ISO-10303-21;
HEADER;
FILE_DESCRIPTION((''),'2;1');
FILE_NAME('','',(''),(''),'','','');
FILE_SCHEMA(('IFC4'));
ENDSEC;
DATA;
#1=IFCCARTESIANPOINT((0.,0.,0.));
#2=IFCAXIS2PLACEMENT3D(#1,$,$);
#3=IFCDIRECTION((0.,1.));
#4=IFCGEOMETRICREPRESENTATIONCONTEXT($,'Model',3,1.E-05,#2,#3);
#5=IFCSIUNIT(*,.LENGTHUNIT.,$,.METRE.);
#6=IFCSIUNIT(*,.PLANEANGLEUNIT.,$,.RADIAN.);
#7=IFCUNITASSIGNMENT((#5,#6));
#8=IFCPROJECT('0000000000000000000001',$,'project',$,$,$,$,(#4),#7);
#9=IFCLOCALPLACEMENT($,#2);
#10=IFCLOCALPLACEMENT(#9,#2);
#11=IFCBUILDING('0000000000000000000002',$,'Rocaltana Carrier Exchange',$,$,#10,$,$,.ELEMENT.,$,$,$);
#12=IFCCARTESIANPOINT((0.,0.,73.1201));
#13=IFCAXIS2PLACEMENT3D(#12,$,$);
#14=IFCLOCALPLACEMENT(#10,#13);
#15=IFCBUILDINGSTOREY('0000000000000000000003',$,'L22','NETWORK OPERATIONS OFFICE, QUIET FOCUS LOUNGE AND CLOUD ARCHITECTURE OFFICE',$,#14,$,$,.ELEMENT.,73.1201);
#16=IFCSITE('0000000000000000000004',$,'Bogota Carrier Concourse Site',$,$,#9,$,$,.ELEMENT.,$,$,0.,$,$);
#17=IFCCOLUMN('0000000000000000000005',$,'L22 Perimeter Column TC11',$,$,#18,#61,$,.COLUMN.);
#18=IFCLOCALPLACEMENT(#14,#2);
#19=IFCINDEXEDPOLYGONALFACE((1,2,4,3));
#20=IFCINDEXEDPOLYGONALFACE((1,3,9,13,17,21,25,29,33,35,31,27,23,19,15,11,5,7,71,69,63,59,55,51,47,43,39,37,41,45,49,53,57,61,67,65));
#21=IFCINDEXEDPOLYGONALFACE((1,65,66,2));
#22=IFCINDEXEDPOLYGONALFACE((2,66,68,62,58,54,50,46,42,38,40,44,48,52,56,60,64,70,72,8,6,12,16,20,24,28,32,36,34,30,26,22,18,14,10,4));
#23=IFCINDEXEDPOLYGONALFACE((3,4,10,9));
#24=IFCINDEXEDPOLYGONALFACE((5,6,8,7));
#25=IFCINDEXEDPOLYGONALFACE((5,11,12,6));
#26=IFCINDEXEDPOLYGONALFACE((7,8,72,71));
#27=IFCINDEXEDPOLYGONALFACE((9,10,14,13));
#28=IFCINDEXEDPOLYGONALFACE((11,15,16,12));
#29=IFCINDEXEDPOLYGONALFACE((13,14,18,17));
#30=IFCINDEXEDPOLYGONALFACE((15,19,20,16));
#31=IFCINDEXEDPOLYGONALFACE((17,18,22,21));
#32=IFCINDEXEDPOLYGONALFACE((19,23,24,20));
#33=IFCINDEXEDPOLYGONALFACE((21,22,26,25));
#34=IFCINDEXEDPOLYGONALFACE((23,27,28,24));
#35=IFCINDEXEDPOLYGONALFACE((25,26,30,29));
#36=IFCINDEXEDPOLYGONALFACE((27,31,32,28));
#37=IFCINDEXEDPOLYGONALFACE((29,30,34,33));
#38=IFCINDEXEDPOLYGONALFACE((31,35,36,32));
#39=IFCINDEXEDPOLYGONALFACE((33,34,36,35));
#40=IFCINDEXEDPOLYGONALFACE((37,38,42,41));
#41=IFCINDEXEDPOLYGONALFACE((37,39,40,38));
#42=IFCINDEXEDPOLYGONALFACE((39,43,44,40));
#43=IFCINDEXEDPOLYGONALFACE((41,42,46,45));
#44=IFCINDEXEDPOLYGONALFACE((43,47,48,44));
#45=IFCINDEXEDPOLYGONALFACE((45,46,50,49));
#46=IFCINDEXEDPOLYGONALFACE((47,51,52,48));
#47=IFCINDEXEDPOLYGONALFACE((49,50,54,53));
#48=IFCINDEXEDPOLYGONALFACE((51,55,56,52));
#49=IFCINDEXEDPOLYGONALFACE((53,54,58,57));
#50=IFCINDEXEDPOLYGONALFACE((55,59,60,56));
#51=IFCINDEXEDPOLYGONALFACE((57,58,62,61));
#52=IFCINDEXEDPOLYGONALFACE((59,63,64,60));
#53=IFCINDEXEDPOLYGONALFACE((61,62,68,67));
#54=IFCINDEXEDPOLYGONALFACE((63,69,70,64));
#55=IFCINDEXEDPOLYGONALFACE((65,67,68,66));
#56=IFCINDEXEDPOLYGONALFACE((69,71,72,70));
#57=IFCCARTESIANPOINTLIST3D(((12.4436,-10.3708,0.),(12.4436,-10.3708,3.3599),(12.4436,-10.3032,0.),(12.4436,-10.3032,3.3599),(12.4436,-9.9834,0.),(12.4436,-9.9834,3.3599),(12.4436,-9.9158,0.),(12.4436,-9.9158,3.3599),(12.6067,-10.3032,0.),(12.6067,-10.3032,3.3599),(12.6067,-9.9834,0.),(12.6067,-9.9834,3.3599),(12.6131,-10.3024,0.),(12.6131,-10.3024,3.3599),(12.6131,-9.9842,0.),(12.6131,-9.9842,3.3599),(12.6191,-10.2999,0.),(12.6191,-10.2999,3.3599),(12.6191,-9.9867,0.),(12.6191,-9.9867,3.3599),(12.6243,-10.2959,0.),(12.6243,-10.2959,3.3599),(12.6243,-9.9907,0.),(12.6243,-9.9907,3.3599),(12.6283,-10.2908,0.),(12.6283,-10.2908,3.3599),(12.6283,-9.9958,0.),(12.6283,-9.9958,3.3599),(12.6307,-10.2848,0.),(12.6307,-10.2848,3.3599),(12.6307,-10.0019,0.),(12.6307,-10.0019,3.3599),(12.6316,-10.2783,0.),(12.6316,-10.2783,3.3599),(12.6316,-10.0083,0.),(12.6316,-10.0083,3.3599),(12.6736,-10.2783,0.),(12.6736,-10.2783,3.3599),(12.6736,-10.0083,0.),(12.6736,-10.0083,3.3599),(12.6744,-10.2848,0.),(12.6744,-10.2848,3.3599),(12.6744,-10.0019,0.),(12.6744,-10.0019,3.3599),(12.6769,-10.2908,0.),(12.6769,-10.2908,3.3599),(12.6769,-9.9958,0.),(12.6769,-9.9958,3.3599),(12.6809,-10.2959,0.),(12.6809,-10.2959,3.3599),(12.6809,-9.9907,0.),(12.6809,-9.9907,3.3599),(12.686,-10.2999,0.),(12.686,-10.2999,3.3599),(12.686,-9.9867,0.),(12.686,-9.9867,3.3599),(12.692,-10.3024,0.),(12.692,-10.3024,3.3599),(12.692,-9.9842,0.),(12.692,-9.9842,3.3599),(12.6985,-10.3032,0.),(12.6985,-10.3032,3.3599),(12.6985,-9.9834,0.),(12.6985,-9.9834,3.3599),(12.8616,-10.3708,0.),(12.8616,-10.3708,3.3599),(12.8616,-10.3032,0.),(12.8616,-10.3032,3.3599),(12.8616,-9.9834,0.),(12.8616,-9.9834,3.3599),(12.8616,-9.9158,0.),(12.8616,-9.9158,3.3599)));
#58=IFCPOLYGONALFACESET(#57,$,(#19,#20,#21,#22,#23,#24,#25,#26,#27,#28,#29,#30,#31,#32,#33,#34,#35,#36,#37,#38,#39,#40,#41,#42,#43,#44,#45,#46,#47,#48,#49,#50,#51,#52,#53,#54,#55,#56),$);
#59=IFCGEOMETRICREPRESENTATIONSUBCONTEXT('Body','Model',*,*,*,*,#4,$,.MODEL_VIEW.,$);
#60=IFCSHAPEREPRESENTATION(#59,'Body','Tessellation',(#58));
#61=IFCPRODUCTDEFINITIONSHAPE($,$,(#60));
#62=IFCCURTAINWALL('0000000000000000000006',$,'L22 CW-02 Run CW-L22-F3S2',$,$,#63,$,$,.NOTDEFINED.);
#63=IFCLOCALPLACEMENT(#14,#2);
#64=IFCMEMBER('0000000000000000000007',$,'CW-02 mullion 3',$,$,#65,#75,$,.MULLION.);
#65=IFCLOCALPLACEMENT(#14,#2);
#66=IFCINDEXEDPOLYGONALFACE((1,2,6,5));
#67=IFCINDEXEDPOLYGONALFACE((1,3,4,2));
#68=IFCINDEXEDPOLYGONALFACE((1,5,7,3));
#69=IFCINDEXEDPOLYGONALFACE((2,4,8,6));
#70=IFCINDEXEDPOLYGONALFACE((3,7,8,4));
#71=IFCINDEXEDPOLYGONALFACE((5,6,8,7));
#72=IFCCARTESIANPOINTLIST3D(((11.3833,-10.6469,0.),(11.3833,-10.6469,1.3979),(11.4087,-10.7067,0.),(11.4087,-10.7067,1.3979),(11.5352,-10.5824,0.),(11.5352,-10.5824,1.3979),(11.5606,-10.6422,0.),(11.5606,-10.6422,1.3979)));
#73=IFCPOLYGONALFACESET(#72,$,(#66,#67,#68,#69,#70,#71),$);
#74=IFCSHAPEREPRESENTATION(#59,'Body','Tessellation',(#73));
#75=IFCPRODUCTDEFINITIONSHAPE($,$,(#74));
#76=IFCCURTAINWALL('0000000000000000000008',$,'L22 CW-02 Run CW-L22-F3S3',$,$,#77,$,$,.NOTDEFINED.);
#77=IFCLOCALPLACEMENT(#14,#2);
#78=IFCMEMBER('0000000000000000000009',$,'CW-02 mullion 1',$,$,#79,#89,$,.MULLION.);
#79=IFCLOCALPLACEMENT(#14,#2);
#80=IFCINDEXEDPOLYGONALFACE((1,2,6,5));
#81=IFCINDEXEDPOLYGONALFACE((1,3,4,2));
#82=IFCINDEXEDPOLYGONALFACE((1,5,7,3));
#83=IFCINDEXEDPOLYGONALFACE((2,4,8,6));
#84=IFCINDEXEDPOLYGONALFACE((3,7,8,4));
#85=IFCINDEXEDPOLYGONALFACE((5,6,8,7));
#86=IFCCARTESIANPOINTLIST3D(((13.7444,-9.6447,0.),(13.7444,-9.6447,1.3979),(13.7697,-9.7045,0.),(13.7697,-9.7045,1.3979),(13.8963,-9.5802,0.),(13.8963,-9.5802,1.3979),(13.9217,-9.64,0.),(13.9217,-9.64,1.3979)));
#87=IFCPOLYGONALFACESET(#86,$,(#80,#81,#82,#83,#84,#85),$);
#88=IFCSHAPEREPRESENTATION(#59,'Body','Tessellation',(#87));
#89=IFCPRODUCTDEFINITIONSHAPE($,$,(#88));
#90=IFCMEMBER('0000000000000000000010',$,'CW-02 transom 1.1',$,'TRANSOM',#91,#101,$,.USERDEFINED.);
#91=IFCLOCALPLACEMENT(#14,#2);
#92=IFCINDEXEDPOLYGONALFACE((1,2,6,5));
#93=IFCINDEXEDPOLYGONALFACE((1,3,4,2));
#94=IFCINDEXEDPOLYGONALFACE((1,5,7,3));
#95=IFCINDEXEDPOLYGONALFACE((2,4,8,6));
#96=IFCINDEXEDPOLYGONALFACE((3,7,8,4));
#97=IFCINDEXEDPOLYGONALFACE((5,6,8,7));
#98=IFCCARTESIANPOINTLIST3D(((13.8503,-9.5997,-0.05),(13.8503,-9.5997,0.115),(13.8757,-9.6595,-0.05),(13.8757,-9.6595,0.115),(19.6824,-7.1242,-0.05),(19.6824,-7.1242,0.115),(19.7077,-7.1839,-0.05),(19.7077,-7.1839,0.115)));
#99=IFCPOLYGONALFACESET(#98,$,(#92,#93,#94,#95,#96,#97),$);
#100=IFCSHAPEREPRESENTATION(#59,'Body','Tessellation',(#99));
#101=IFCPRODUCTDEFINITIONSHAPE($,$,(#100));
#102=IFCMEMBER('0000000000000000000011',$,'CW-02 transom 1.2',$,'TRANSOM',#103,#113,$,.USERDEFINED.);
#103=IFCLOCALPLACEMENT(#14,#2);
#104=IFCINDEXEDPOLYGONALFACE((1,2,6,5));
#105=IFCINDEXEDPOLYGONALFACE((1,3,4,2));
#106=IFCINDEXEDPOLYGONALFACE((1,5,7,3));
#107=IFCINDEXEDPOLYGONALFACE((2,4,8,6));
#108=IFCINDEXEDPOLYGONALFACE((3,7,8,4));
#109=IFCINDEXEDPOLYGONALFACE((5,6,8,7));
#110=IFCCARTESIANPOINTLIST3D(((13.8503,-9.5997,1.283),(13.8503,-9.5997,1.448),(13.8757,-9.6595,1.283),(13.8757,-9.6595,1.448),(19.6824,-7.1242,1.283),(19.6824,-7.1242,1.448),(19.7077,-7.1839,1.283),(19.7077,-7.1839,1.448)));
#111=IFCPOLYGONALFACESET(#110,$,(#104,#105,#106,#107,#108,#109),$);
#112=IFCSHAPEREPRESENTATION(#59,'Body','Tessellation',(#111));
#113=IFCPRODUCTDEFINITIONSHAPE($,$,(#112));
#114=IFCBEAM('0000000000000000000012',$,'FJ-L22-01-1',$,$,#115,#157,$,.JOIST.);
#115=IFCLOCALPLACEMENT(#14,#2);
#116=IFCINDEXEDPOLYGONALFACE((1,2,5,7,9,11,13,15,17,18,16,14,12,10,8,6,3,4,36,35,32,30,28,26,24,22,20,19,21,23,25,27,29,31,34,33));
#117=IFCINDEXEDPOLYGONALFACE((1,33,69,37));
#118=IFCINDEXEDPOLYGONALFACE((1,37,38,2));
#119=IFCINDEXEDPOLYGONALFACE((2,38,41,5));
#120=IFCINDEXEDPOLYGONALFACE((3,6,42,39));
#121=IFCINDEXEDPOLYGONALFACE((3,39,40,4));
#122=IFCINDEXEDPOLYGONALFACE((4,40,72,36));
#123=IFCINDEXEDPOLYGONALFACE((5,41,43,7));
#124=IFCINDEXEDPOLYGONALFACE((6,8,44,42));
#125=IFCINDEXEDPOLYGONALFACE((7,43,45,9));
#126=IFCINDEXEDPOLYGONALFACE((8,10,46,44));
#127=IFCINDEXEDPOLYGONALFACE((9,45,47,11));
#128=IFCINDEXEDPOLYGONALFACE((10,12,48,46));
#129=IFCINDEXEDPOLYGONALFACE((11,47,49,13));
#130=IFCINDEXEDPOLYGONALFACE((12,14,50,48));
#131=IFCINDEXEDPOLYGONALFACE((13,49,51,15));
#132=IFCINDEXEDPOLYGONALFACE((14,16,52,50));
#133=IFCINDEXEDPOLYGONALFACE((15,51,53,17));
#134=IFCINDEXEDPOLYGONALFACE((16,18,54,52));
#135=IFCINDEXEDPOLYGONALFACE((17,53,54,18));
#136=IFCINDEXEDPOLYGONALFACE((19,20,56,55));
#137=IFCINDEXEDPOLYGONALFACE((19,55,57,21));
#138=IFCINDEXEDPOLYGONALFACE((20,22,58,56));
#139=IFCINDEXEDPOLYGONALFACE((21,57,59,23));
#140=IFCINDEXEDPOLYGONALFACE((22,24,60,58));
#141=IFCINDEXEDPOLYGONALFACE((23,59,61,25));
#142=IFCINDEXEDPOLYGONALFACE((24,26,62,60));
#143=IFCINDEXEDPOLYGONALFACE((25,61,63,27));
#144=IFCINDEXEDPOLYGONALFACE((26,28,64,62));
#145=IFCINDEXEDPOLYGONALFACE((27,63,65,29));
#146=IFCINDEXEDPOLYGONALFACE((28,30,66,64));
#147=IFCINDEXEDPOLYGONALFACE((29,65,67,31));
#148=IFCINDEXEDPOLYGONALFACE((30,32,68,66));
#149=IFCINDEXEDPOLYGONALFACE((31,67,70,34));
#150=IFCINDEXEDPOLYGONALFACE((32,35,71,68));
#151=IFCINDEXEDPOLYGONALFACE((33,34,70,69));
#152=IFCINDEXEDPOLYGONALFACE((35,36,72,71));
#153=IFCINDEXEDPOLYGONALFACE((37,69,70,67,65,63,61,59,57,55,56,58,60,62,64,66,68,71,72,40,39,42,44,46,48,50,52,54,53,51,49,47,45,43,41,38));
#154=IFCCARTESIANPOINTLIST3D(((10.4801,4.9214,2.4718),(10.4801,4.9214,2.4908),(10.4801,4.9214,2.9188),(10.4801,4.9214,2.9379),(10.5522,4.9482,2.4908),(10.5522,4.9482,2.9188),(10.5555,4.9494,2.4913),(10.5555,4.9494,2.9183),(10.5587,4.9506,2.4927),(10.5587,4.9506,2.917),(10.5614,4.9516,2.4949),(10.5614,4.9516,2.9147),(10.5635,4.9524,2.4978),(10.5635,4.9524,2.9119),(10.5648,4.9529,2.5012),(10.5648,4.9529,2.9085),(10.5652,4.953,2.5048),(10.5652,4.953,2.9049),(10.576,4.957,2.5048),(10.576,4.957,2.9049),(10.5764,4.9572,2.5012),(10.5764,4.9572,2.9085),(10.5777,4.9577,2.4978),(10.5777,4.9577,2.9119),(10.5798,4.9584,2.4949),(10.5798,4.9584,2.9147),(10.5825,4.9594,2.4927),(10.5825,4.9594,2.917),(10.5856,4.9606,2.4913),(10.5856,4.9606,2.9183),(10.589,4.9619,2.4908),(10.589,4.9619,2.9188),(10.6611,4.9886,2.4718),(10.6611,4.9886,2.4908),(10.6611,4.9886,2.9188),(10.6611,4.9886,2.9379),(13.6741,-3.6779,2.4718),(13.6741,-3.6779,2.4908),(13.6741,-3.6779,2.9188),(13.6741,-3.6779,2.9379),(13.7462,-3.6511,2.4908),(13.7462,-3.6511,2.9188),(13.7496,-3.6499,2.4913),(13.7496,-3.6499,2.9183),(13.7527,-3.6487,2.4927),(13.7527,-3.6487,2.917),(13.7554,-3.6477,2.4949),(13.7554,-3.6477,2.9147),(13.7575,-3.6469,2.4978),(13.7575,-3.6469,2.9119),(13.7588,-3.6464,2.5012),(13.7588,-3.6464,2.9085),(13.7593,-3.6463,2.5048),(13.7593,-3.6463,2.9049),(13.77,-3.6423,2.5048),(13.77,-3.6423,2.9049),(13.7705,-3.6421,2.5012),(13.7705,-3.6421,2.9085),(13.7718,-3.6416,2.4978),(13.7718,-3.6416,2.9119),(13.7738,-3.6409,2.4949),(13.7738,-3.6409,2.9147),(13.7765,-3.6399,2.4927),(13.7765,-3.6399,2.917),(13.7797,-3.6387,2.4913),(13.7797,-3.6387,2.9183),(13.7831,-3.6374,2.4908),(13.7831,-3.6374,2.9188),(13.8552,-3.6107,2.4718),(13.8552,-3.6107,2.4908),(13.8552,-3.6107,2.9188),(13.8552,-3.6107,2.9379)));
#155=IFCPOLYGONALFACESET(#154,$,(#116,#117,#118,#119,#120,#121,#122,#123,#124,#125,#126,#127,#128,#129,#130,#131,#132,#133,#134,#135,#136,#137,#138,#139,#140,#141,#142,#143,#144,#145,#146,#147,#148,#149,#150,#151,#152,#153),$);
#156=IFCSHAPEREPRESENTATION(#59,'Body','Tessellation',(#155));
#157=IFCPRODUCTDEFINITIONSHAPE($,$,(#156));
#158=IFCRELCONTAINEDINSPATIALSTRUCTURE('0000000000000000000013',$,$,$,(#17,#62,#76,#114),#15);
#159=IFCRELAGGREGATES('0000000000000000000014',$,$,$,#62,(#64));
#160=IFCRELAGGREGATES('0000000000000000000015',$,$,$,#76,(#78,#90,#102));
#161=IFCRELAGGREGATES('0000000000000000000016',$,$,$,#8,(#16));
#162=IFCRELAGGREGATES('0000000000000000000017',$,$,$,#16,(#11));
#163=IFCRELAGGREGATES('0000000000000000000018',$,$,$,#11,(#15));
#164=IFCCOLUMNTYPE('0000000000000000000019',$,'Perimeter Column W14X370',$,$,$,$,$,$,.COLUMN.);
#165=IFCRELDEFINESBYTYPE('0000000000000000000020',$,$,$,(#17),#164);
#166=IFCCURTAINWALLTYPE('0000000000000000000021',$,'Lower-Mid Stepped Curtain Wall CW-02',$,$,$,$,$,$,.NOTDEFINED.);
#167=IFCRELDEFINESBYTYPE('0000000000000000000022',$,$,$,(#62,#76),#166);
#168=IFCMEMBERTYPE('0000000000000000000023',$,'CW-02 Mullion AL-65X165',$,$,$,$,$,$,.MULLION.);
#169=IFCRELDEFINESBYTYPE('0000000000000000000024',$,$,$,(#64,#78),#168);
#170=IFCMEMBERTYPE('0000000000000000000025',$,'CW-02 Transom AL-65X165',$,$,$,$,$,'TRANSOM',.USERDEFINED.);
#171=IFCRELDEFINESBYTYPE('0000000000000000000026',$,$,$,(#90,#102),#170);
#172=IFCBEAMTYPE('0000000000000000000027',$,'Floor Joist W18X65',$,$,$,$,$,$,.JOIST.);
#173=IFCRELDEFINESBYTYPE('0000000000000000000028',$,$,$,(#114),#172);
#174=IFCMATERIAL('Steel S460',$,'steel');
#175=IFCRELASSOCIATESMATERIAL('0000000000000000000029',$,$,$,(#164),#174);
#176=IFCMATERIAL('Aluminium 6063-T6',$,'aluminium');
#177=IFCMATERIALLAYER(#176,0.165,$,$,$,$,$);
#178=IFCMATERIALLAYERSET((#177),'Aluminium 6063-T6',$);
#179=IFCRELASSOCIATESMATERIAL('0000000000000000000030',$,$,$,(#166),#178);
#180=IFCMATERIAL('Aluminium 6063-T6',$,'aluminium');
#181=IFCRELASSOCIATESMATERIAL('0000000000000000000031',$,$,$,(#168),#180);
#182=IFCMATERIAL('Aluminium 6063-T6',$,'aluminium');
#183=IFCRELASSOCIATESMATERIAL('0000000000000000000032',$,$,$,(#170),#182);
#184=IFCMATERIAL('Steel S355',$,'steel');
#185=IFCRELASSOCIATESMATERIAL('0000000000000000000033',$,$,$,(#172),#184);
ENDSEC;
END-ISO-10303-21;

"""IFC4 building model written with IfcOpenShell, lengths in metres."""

from ifc_helpers import new_model, si_unit, direction, frame, origin, origin_2d, place, context, subcontext, project, spatial, rectangle, i_section, extrude, material, layer, layer_set, material_profile, profile_set, type_object, element, aggregate, save


model = new_model("IFC4")

# Units and contexts
model_context = context("Model", 3, precision=1e-05, world=origin(), true_north=direction((0.0, 1.0)))
body_context = subcontext(model_context, "Body", "Model", "MODEL_VIEW")
ifc_project = project(units=[si_unit("LENGTHUNIT", "METRE"), si_unit("PLANEANGLEUNIT", "RADIAN")], contexts=[model_context])

# Site, building, storey
site_placement = place(None, origin())
site = spatial("IfcSite", under=ifc_project, at=site_placement, Name="Bogota Carrier Concourse Site", CompositionType="ELEMENT", RefElevation=0.0)
building_placement = place(site_placement, origin())
building = spatial("IfcBuilding", under=site, at=building_placement, Name="Rocaltana Carrier Exchange", CompositionType="ELEMENT")
storey_placement = place(building_placement, frame((0.0, 0.0, 73.1201)))
storey = spatial("IfcBuildingStorey", under=building, at=storey_placement, Name="L22", Description="NETWORK OPERATIONS OFFICE, QUIET FOCUS LOUNGE AND CLOUD ARCHITECTURE OFFICE", CompositionType="ELEMENT", Elevation=73.1201)

# Column
ifc_material_1 = material(Name="Steel S460", Category="steel")
ifc_material_profile_1 = material_profile(ifc_material_1, i_section(OverallWidth=0.418, OverallDepth=0.4551, WebThickness=0.042, FlangeThickness=0.0676, FilletRadius=0.0249, at=origin_2d()), Name="W14X370")
ifc_profile_set_1 = profile_set([ifc_material_profile_1], Name="Steel S460")
column_type = type_object("IfcColumnType", Name="Perimeter Column W14X370", PredefinedType="COLUMN", material=ifc_profile_set_1)
column_placement = place(storey_placement, frame((12.6526, -10.1433, 0.0), z_axis=(0.0, 0.0, 1.0), x_axis=(1.0, 0.0, 0.0)))
element("IfcColumn", 1, at=column_placement, inside=storey, type_object=column_type, Name="L22 Perimeter Column TC11", PredefinedType="COLUMN", context=body_context, shape_type="SweptSolid", body=[
    extrude(i_section(OverallWidth=0.418, OverallDepth=0.4551, WebThickness=0.042, FlangeThickness=0.0676, FilletRadius=0.0249, at=origin_2d()), origin(), (0.0, 0.0, 1.0), 3.3599),
])

# Curtain wall, member
ifc_material_2 = material(Name="Aluminium 6063-T6", Category="aluminium")
ifc_layer_1 = layer(ifc_material_2, 0.165)
ifc_layer_set_1 = layer_set([ifc_layer_1], Name="Aluminium 6063-T6")
curtain_wall_type = type_object("IfcCurtainWallType", Name="Lower-Mid Stepped Curtain Wall CW-02", PredefinedType="NOTDEFINED", material=ifc_layer_set_1)
curtain_wall_1_placement = place(storey_placement, origin())
curtain_wall_1 = element("IfcCurtainWall", 2, at=curtain_wall_1_placement, inside=storey, type_object=curtain_wall_type, Name="L22 CW-02 Run CW-L22-F3S2", PredefinedType="NOTDEFINED")
ifc_material_3 = material(Name="Aluminium 6063-T6", Category="aluminium")
ifc_material_profile_2 = material_profile(ifc_material_3, rectangle(XDim=0.0649, YDim=0.165, at=origin_2d()), Name="AL-65X165")
ifc_profile_set_2 = profile_set([ifc_material_profile_2], Name="Aluminium 6063-T6")
member_type_1 = type_object("IfcMemberType", Name="CW-02 Mullion AL-65X165", PredefinedType="MULLION", material=ifc_profile_set_2)
member_1_placement = place(storey_placement, frame((11.4719, -10.6445, 0.0), z_axis=(0.0, 0.0, 1.0), x_axis=(-0.390729, 0.920506, 0.0)))
member_1 = element("IfcMember", 3, at=member_1_placement, type_object=member_type_1, Name="CW-02 mullion 3", PredefinedType="MULLION", context=body_context, shape_type="SweptSolid", body=[
    extrude(rectangle(XDim=0.0649, YDim=0.165, at=origin_2d()), origin(), (0.0, 0.0, 1.0), 1.3979),
])
aggregate(curtain_wall_1, [member_1])

# Curtain wall, members
curtain_wall_2_placement = place(storey_placement, origin())
curtain_wall_2 = element("IfcCurtainWall", 4, at=curtain_wall_2_placement, inside=storey, type_object=curtain_wall_type, Name="L22 CW-02 Run CW-L22-F3S3", PredefinedType="NOTDEFINED")
member_2_placement = place(storey_placement, frame((13.833, -9.6423, 0.0), z_axis=(0.0, 0.0, 1.0), x_axis=(-0.390735, 0.920503, 0.0)))
member_2 = element("IfcMember", 5, at=member_2_placement, type_object=member_type_1, Name="CW-02 mullion 1", PredefinedType="MULLION", context=body_context, shape_type="SweptSolid", body=[
    extrude(rectangle(XDim=0.0649, YDim=0.165, at=origin_2d()), origin(), (0.0, 0.0, 1.0), 1.3979),
])
ifc_material_4 = material(Name="Aluminium 6063-T6", Category="aluminium")
ifc_material_profile_3 = material_profile(ifc_material_4, rectangle(XDim=0.0649, YDim=0.165, at=origin_2d()), Name="AL-65X165")
ifc_profile_set_3 = profile_set([ifc_material_profile_3], Name="Aluminium 6063-T6")
member_type_2 = type_object("IfcMemberType", Name="CW-02 Transom AL-65X165", ElementType="TRANSOM", PredefinedType="USERDEFINED", material=ifc_profile_set_3)
member_3_placement = place(storey_placement, frame((13.863, -9.6296, 0.0325), z_axis=(0.920503, 0.390736, 0.0), x_axis=(-0.390736, 0.920503, 0.0)))
member_3 = element("IfcMember", 6, at=member_3_placement, type_object=member_type_2, Name="CW-02 transom 1.1", ObjectType="TRANSOM", PredefinedType="USERDEFINED", context=body_context, shape_type="SweptSolid", body=[
    extrude(rectangle(XDim=0.0649, YDim=0.165, at=origin_2d()), origin(), (0.0, 0.0, 1.0), 6.3357),
])
member_4_placement = place(storey_placement, frame((13.863, -9.6296, 1.3655), z_axis=(0.920503, 0.390736, 0.0), x_axis=(-0.390736, 0.920503, 0.0)))
member_4 = element("IfcMember", 7, at=member_4_placement, type_object=member_type_2, Name="CW-02 transom 1.2", ObjectType="TRANSOM", PredefinedType="USERDEFINED", context=body_context, shape_type="SweptSolid", body=[
    extrude(rectangle(XDim=0.0649, YDim=0.165, at=origin_2d()), origin(), (0.0, 0.0, 1.0), 6.3357),
])

# Beam
ifc_material_5 = material(Name="Steel S355", Category="steel")
ifc_material_profile_4 = material_profile(ifc_material_5, i_section(OverallWidth=0.1931, OverallDepth=0.4661, WebThickness=0.0115, FlangeThickness=0.019, FilletRadius=0.0139, at=origin_2d()), Name="W18X65")
ifc_profile_set_4 = profile_set([ifc_material_profile_4], Name="Steel S355")
beam_type_1 = type_object("IfcBeamType", Name="Floor Joist W18X65", PredefinedType="JOIST", material=ifc_profile_set_4)
beam_1_placement = place(storey_placement, frame((13.7646, -3.6443, 2.7048), z_axis=(-0.348191, 0.937424, 0.0), x_axis=(-0.937424, -0.348191, 0.0)))
element("IfcBeam", 8, at=beam_1_placement, inside=storey, type_object=beam_type_1, Name="FJ-L22-01-1", PredefinedType="JOIST", context=body_context, shape_type="SweptSolid", body=[
    extrude(i_section(OverallWidth=0.1931, OverallDepth=0.4661, WebThickness=0.0115, FlangeThickness=0.019, FilletRadius=0.0139, at=origin_2d()), origin(), (0.0, 0.0, 1.0), 9.1733),
])

aggregate(curtain_wall_2, [member_2, member_3, member_4])

save(model, "model.ifc")
